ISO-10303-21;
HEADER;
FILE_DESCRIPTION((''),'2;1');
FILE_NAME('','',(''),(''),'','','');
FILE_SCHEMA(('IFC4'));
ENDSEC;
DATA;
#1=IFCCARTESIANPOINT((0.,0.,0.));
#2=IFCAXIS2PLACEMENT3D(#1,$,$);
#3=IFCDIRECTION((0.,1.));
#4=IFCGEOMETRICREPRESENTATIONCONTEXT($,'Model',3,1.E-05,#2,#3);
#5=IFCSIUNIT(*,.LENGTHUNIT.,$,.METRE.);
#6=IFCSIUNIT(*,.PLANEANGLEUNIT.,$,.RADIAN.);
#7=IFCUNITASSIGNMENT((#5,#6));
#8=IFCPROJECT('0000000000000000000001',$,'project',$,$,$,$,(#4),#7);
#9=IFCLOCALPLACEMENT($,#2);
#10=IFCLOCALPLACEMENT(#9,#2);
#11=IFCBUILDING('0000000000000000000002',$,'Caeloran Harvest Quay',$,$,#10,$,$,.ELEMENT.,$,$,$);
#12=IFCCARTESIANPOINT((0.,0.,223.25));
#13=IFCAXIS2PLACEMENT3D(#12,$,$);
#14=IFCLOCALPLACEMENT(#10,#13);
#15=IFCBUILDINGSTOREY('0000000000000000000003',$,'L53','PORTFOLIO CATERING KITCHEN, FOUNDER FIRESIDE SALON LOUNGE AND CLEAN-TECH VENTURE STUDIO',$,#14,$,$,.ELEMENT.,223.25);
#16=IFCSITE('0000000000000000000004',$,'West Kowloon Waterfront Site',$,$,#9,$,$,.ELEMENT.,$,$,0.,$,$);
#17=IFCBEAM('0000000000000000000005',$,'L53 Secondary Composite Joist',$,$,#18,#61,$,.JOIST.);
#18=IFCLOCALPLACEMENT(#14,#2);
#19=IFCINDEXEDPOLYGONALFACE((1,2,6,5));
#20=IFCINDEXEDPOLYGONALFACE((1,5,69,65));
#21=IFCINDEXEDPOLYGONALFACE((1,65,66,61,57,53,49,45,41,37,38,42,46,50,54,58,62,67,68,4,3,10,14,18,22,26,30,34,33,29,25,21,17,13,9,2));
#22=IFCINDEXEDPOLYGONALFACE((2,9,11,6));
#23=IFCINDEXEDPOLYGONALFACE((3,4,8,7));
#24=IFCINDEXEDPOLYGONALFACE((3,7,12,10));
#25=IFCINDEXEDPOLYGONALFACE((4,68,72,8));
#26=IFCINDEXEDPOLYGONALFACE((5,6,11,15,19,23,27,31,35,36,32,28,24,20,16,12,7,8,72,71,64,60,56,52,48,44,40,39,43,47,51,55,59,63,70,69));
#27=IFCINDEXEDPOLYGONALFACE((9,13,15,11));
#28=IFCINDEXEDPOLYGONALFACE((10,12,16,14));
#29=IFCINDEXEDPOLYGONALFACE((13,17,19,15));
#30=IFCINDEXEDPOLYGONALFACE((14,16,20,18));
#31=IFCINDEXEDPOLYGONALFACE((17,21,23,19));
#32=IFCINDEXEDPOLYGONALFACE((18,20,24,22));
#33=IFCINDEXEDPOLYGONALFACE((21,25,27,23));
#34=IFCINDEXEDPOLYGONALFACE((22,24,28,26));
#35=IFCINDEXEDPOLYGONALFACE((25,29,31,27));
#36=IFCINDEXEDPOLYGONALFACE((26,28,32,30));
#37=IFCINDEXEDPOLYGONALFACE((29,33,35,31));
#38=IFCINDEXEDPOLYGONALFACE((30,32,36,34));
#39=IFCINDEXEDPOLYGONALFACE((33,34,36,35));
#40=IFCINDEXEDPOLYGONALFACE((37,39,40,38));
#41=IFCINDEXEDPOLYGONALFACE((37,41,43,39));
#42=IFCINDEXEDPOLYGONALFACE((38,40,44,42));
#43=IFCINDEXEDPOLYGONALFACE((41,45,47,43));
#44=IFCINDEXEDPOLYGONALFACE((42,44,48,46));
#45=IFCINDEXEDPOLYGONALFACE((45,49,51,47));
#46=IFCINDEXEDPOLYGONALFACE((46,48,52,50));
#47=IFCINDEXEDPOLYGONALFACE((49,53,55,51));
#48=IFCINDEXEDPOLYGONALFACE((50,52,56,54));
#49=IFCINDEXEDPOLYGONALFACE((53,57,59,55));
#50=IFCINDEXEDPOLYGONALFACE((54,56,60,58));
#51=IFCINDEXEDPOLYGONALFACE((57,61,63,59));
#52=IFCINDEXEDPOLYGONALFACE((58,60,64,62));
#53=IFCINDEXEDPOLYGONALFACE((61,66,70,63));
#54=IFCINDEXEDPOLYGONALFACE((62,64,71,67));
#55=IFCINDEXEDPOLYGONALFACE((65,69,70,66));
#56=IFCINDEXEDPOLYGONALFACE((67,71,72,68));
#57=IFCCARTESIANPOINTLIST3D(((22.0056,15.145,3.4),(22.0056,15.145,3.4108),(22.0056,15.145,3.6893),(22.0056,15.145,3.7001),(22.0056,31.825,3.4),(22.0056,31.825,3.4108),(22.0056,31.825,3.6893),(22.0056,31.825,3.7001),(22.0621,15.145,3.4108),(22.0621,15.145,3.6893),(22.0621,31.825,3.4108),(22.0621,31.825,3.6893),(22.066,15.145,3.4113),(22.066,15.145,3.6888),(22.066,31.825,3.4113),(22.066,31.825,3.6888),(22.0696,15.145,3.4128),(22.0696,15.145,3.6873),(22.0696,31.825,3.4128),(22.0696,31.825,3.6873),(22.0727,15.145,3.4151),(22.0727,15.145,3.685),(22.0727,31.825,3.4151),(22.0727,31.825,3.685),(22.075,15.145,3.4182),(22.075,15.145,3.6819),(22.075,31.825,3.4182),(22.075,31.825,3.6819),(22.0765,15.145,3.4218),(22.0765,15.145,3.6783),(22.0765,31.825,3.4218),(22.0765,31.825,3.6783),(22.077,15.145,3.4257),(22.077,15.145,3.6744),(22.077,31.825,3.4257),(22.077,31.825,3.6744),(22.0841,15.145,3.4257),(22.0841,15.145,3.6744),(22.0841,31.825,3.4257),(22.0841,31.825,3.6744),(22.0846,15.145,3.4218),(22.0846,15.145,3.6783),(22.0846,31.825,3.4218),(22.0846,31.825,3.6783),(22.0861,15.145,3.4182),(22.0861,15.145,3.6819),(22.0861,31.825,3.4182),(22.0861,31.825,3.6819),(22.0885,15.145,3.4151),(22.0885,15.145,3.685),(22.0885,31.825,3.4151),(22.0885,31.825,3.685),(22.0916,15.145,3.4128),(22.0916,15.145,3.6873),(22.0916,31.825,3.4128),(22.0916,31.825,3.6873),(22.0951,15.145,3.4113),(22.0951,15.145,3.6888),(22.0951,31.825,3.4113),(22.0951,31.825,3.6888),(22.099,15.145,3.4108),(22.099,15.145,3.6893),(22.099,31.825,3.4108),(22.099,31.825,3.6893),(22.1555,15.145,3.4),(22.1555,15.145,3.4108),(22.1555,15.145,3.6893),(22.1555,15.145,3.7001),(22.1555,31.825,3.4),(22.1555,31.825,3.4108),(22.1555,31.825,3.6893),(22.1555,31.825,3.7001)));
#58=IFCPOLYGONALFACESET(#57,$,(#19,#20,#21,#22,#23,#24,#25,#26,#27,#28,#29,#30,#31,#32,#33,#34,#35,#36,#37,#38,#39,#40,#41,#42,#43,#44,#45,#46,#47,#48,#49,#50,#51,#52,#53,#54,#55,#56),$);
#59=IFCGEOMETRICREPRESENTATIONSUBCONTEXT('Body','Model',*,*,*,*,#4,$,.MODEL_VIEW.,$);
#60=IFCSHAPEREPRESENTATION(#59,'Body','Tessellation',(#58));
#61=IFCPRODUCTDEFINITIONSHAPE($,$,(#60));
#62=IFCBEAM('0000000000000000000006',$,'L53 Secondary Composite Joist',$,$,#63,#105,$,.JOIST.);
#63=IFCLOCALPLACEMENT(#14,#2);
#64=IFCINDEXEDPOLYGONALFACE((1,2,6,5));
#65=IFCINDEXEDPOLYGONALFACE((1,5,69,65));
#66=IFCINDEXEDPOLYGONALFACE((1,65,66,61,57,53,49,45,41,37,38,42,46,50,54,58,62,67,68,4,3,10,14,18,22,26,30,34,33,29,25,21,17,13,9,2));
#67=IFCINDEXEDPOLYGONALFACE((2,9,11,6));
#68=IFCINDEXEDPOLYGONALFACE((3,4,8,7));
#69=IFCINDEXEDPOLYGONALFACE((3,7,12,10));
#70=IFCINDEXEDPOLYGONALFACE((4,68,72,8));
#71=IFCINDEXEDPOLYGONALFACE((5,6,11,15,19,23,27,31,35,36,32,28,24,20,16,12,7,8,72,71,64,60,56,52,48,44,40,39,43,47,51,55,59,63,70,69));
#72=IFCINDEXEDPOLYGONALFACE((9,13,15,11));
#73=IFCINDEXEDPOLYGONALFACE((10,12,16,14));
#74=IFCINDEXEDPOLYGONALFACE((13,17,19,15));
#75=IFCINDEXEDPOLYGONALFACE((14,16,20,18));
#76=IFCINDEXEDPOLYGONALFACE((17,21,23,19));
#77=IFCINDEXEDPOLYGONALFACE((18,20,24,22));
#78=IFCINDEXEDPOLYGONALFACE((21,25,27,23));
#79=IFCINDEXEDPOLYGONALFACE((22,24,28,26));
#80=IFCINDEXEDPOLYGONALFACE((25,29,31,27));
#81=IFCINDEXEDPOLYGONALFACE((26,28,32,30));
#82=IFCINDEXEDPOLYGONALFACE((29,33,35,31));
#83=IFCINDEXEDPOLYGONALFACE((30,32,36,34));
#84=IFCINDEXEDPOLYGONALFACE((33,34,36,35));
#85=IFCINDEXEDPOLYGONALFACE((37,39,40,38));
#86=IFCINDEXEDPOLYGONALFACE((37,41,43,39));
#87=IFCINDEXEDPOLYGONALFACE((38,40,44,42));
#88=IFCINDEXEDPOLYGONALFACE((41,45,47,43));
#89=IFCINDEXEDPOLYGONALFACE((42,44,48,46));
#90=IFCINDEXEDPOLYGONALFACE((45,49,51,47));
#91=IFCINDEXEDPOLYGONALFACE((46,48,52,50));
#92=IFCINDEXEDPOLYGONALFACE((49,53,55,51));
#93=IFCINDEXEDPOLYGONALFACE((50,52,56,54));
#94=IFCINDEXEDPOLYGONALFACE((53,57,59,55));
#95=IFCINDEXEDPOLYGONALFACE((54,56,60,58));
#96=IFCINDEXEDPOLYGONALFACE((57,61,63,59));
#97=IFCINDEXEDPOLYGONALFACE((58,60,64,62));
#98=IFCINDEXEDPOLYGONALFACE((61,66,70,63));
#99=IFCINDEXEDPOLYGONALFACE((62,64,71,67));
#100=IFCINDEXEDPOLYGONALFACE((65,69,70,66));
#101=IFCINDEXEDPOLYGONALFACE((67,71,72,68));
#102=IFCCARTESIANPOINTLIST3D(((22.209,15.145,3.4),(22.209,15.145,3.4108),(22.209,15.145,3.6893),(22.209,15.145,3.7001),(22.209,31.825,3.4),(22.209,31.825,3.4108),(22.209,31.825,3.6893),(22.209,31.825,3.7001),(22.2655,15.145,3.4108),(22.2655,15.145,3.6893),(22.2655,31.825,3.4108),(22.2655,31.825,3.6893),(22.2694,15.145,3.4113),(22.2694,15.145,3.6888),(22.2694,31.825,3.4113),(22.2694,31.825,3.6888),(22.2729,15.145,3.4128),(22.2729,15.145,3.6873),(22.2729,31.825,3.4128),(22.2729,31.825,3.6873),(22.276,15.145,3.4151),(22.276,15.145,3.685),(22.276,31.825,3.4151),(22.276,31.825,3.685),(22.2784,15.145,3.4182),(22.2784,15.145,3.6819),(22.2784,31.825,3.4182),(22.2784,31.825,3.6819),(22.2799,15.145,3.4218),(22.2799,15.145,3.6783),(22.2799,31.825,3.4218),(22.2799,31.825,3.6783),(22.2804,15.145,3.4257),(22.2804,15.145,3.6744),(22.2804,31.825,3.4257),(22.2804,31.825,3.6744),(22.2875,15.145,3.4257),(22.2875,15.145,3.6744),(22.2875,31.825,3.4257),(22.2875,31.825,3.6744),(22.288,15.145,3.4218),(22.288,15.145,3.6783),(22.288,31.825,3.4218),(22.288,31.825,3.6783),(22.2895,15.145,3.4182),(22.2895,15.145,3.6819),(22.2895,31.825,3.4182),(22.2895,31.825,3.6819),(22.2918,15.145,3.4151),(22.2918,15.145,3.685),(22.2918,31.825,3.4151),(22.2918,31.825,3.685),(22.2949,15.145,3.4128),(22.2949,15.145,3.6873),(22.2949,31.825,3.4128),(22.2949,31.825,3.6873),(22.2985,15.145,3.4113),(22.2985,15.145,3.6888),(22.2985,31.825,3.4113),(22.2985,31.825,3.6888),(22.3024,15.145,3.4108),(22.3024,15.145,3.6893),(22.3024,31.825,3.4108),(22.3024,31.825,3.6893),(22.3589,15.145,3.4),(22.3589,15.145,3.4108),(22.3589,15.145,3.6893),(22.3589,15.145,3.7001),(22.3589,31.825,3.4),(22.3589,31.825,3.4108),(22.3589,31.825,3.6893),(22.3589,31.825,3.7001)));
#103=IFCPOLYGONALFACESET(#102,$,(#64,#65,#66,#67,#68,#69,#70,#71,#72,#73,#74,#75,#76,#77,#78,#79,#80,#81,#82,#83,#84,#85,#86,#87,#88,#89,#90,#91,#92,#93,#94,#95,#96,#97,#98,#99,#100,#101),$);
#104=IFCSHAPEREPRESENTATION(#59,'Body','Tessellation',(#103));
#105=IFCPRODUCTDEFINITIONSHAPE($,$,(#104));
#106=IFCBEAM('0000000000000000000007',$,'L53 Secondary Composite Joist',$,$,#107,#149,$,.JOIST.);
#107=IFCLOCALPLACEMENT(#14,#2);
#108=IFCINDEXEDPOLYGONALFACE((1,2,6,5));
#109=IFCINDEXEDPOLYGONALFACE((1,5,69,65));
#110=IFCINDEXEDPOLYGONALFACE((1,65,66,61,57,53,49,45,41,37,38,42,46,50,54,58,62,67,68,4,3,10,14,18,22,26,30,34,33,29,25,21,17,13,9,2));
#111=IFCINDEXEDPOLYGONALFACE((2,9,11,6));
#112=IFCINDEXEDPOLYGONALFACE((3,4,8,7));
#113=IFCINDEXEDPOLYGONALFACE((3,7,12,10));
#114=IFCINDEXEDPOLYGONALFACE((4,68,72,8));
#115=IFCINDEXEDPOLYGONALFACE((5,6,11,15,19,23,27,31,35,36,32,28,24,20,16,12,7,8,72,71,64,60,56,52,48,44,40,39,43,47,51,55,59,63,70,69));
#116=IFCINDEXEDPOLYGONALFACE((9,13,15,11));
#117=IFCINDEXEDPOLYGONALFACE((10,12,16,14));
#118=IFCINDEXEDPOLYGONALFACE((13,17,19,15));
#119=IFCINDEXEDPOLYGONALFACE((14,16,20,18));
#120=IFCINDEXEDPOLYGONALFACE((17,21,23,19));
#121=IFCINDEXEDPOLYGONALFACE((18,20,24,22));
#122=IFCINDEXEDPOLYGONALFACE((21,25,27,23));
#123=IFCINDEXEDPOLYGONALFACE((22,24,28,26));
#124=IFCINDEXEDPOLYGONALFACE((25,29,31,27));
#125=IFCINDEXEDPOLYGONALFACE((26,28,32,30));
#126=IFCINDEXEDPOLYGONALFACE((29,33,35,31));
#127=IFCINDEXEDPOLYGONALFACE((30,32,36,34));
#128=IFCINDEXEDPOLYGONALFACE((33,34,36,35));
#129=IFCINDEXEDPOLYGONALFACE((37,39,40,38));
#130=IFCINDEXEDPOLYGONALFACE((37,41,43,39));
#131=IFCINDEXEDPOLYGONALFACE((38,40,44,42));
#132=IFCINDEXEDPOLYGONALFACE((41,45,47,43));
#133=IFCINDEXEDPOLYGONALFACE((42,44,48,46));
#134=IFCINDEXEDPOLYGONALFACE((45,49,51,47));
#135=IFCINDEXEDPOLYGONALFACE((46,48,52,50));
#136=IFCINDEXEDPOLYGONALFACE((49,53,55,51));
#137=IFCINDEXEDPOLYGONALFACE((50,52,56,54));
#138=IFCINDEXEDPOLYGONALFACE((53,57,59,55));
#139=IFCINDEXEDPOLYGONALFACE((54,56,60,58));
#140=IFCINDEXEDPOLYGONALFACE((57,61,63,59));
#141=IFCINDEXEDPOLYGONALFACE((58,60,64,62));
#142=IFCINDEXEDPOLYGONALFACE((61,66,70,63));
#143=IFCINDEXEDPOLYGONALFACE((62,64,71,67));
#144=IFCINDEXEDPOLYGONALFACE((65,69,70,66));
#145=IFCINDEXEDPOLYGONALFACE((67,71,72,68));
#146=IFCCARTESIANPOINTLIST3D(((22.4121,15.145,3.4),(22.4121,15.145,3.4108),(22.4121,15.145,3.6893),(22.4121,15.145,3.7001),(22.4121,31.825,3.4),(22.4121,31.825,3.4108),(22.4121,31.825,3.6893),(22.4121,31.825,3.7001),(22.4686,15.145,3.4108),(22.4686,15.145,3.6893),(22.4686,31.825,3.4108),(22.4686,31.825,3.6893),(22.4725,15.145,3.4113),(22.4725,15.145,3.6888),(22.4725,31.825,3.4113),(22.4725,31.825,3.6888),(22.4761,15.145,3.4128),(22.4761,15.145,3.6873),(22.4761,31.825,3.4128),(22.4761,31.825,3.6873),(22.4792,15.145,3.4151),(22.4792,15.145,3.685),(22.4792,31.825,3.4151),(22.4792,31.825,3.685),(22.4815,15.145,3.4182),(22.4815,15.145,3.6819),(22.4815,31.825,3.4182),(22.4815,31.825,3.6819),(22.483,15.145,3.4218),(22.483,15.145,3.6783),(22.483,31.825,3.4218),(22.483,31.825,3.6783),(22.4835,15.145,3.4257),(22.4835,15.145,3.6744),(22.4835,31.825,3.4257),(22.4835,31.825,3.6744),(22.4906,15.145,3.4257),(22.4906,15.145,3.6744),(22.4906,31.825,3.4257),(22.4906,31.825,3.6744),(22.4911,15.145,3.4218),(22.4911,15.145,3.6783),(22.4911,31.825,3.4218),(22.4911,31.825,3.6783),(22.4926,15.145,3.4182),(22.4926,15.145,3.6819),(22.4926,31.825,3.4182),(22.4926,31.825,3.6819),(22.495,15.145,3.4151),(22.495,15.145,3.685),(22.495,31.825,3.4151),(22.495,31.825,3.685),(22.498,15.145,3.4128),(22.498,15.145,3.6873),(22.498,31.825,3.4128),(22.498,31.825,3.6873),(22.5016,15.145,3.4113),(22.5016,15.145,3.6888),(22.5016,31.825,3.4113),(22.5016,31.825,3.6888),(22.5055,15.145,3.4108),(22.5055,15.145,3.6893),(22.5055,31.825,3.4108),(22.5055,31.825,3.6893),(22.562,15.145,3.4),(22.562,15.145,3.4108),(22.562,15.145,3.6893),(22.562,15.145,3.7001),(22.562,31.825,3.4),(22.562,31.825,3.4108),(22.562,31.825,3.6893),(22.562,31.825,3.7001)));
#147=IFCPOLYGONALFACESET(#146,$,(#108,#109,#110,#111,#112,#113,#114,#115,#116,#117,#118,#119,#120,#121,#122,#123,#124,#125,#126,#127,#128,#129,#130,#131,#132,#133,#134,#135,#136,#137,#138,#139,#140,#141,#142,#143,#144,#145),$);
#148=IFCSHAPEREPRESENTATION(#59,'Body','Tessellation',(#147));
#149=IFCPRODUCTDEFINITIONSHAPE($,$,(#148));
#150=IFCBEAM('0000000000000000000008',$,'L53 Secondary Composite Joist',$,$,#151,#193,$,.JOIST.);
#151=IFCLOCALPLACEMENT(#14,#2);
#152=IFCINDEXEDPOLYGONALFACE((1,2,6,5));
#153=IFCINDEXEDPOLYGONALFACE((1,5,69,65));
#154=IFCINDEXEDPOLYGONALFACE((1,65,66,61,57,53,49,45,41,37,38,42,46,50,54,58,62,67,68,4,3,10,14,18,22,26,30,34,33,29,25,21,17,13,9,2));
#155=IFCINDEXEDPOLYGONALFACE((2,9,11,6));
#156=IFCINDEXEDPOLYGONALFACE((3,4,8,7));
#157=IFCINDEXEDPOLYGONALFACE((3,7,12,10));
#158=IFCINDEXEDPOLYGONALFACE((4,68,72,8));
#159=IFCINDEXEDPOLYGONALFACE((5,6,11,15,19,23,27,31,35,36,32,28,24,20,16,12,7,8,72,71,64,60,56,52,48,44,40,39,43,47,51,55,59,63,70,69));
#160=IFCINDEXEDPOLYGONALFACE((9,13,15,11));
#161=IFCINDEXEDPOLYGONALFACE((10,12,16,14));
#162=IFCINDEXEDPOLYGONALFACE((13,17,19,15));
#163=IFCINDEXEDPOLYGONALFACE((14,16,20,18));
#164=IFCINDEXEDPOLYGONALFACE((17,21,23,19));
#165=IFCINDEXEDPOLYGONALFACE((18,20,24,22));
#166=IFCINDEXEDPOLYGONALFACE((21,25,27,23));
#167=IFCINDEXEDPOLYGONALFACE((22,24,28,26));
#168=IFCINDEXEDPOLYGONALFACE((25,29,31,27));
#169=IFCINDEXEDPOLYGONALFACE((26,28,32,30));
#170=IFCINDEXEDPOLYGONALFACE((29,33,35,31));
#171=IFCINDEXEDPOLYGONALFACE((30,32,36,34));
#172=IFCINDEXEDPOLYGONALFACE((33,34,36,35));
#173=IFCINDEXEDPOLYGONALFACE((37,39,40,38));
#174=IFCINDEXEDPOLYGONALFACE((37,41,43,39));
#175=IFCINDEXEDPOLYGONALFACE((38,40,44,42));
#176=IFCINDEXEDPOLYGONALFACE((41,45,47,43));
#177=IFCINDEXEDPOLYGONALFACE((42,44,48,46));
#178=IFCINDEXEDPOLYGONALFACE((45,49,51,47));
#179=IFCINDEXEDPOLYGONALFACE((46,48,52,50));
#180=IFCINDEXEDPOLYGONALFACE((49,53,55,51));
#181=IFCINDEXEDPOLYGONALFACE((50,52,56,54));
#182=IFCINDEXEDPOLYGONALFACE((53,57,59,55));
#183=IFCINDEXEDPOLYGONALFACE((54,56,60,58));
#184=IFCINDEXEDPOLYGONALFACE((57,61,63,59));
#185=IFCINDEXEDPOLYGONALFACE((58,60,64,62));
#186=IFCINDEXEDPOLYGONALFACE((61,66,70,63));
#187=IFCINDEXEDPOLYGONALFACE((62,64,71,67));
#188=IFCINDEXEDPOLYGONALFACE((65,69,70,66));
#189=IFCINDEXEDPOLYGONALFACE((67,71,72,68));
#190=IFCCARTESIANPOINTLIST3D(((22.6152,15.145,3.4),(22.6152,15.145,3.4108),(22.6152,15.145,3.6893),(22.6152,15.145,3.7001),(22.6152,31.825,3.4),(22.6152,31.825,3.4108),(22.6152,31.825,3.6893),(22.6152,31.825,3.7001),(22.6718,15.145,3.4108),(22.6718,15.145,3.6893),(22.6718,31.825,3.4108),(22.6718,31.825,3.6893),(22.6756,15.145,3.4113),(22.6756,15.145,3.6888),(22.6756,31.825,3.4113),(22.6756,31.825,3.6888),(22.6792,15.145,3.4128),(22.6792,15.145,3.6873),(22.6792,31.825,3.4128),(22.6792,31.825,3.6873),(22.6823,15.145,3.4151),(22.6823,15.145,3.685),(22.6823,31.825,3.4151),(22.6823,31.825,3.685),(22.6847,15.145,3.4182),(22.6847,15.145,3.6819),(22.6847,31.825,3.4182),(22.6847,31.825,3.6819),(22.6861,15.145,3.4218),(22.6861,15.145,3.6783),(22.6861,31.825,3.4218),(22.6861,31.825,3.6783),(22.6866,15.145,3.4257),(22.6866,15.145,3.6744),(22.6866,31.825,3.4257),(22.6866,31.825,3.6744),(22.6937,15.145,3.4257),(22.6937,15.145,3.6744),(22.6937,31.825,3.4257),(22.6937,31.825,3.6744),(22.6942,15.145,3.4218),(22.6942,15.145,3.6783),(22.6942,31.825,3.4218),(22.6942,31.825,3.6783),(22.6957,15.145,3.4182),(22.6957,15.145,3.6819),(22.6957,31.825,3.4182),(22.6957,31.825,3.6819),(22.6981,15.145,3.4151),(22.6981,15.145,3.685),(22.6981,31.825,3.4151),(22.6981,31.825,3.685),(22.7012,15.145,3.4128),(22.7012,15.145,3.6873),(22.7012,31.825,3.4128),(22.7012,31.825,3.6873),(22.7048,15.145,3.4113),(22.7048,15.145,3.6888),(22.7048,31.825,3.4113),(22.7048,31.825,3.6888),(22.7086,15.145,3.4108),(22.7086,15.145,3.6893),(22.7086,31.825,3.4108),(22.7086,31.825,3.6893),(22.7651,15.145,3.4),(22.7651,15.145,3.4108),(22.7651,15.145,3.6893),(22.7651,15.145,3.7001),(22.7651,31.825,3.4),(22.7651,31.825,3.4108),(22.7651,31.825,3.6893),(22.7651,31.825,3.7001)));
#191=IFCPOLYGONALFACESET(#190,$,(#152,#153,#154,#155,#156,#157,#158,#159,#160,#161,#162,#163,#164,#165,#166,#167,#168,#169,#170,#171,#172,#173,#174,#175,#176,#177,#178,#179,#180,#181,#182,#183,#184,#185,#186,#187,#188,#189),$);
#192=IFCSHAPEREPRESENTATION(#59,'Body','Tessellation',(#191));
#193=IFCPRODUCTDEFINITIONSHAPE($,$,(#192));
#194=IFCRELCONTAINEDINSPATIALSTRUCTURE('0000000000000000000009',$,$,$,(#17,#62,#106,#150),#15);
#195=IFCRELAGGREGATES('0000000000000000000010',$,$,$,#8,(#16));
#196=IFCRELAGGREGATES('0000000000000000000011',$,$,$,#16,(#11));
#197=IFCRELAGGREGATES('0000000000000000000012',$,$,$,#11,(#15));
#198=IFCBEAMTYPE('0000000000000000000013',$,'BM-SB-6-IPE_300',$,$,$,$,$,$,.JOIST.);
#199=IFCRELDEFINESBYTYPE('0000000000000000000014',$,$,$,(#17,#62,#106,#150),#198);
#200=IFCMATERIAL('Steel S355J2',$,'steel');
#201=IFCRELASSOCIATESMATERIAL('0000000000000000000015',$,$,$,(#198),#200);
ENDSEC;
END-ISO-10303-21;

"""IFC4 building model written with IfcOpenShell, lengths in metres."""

from ifc_helpers import new_model, si_unit, direction, frame, origin, origin_2d, place, context, subcontext, project, spatial, i_section, extrude, material, material_profile, profile_set, type_object, element, save


model = new_model("IFC4")

# Units and contexts
model_context = context("Model", 3, precision=1e-05, world=origin(), true_north=direction((0.0, 1.0)))
body_context = subcontext(model_context, "Body", "Model", "MODEL_VIEW")
ifc_project = project(units=[si_unit("LENGTHUNIT", "METRE"), si_unit("PLANEANGLEUNIT", "RADIAN")], contexts=[model_context])

# Site, building, storey
site_placement = place(None, origin())
site = spatial("IfcSite", under=ifc_project, at=site_placement, Name="West Kowloon Waterfront Site", CompositionType="ELEMENT", RefElevation=0.0)
building_placement = place(site_placement, origin())
building = spatial("IfcBuilding", under=site, at=building_placement, Name="Caeloran Harvest Quay", CompositionType="ELEMENT")
storey_placement = place(building_placement, frame((0.0, 0.0, 223.25)))
storey = spatial("IfcBuildingStorey", under=building, at=storey_placement, Name="L53", Description="PORTFOLIO CATERING KITCHEN, FOUNDER FIRESIDE SALON LOUNGE AND CLEAN-TECH VENTURE STUDIO", CompositionType="ELEMENT", Elevation=223.25)

# Beams
ifc_material_1 = material(Name="Steel S355J2", Category="steel")
ifc_material_profile_1 = material_profile(ifc_material_1, i_section(OverallWidth=0.1499, OverallDepth=0.3, WebThickness=0.0071, FlangeThickness=0.0107, FilletRadius=0.0149, at=origin_2d()), Name="IPE 300")
ifc_profile_set_1 = profile_set([ifc_material_profile_1], Name="Steel S355J2")
beam_type_1 = type_object("IfcBeamType", Name="BM-SB-6-IPE_300", PredefinedType="JOIST", material=ifc_profile_set_1)
for number, where, z_axis, x_axis, name in (
    (1, (22.0806, 15.145, 3.55), (0.0, 1.0, 0.0), (-1.0, 0.0, 0.0), "L53 Secondary Composite Joist"),
    (2, (22.2839, 15.145, 3.55), (0.0, 1.0, 0.0), (-1.0, 0.0, 0.0), "L53 Secondary Composite Joist"),
    (3, (22.4871, 15.145, 3.55), (0.0, 1.0, 0.0), (-1.0, 0.0, 0.0), "L53 Secondary Composite Joist"),
    (4, (22.6902, 15.145, 3.55), (0.0, 1.0, 0.0), (-1.0, 0.0, 0.0), "L53 Secondary Composite Joist"),
):
    element("IfcBeam", number, at=place(storey_placement, frame(where, z_axis=z_axis, x_axis=x_axis)), inside=storey, type_object=beam_type_1, Name=name, PredefinedType="JOIST", context=body_context, shape_type="SweptSolid", body=[
        extrude(i_section(OverallWidth=0.1499, OverallDepth=0.3, WebThickness=0.0071, FlangeThickness=0.0107, FilletRadius=0.0149, at=origin_2d()), origin(), (0.0, 0.0, 1.0), 16.6799),
    ])

save(model, "model.ifc")
